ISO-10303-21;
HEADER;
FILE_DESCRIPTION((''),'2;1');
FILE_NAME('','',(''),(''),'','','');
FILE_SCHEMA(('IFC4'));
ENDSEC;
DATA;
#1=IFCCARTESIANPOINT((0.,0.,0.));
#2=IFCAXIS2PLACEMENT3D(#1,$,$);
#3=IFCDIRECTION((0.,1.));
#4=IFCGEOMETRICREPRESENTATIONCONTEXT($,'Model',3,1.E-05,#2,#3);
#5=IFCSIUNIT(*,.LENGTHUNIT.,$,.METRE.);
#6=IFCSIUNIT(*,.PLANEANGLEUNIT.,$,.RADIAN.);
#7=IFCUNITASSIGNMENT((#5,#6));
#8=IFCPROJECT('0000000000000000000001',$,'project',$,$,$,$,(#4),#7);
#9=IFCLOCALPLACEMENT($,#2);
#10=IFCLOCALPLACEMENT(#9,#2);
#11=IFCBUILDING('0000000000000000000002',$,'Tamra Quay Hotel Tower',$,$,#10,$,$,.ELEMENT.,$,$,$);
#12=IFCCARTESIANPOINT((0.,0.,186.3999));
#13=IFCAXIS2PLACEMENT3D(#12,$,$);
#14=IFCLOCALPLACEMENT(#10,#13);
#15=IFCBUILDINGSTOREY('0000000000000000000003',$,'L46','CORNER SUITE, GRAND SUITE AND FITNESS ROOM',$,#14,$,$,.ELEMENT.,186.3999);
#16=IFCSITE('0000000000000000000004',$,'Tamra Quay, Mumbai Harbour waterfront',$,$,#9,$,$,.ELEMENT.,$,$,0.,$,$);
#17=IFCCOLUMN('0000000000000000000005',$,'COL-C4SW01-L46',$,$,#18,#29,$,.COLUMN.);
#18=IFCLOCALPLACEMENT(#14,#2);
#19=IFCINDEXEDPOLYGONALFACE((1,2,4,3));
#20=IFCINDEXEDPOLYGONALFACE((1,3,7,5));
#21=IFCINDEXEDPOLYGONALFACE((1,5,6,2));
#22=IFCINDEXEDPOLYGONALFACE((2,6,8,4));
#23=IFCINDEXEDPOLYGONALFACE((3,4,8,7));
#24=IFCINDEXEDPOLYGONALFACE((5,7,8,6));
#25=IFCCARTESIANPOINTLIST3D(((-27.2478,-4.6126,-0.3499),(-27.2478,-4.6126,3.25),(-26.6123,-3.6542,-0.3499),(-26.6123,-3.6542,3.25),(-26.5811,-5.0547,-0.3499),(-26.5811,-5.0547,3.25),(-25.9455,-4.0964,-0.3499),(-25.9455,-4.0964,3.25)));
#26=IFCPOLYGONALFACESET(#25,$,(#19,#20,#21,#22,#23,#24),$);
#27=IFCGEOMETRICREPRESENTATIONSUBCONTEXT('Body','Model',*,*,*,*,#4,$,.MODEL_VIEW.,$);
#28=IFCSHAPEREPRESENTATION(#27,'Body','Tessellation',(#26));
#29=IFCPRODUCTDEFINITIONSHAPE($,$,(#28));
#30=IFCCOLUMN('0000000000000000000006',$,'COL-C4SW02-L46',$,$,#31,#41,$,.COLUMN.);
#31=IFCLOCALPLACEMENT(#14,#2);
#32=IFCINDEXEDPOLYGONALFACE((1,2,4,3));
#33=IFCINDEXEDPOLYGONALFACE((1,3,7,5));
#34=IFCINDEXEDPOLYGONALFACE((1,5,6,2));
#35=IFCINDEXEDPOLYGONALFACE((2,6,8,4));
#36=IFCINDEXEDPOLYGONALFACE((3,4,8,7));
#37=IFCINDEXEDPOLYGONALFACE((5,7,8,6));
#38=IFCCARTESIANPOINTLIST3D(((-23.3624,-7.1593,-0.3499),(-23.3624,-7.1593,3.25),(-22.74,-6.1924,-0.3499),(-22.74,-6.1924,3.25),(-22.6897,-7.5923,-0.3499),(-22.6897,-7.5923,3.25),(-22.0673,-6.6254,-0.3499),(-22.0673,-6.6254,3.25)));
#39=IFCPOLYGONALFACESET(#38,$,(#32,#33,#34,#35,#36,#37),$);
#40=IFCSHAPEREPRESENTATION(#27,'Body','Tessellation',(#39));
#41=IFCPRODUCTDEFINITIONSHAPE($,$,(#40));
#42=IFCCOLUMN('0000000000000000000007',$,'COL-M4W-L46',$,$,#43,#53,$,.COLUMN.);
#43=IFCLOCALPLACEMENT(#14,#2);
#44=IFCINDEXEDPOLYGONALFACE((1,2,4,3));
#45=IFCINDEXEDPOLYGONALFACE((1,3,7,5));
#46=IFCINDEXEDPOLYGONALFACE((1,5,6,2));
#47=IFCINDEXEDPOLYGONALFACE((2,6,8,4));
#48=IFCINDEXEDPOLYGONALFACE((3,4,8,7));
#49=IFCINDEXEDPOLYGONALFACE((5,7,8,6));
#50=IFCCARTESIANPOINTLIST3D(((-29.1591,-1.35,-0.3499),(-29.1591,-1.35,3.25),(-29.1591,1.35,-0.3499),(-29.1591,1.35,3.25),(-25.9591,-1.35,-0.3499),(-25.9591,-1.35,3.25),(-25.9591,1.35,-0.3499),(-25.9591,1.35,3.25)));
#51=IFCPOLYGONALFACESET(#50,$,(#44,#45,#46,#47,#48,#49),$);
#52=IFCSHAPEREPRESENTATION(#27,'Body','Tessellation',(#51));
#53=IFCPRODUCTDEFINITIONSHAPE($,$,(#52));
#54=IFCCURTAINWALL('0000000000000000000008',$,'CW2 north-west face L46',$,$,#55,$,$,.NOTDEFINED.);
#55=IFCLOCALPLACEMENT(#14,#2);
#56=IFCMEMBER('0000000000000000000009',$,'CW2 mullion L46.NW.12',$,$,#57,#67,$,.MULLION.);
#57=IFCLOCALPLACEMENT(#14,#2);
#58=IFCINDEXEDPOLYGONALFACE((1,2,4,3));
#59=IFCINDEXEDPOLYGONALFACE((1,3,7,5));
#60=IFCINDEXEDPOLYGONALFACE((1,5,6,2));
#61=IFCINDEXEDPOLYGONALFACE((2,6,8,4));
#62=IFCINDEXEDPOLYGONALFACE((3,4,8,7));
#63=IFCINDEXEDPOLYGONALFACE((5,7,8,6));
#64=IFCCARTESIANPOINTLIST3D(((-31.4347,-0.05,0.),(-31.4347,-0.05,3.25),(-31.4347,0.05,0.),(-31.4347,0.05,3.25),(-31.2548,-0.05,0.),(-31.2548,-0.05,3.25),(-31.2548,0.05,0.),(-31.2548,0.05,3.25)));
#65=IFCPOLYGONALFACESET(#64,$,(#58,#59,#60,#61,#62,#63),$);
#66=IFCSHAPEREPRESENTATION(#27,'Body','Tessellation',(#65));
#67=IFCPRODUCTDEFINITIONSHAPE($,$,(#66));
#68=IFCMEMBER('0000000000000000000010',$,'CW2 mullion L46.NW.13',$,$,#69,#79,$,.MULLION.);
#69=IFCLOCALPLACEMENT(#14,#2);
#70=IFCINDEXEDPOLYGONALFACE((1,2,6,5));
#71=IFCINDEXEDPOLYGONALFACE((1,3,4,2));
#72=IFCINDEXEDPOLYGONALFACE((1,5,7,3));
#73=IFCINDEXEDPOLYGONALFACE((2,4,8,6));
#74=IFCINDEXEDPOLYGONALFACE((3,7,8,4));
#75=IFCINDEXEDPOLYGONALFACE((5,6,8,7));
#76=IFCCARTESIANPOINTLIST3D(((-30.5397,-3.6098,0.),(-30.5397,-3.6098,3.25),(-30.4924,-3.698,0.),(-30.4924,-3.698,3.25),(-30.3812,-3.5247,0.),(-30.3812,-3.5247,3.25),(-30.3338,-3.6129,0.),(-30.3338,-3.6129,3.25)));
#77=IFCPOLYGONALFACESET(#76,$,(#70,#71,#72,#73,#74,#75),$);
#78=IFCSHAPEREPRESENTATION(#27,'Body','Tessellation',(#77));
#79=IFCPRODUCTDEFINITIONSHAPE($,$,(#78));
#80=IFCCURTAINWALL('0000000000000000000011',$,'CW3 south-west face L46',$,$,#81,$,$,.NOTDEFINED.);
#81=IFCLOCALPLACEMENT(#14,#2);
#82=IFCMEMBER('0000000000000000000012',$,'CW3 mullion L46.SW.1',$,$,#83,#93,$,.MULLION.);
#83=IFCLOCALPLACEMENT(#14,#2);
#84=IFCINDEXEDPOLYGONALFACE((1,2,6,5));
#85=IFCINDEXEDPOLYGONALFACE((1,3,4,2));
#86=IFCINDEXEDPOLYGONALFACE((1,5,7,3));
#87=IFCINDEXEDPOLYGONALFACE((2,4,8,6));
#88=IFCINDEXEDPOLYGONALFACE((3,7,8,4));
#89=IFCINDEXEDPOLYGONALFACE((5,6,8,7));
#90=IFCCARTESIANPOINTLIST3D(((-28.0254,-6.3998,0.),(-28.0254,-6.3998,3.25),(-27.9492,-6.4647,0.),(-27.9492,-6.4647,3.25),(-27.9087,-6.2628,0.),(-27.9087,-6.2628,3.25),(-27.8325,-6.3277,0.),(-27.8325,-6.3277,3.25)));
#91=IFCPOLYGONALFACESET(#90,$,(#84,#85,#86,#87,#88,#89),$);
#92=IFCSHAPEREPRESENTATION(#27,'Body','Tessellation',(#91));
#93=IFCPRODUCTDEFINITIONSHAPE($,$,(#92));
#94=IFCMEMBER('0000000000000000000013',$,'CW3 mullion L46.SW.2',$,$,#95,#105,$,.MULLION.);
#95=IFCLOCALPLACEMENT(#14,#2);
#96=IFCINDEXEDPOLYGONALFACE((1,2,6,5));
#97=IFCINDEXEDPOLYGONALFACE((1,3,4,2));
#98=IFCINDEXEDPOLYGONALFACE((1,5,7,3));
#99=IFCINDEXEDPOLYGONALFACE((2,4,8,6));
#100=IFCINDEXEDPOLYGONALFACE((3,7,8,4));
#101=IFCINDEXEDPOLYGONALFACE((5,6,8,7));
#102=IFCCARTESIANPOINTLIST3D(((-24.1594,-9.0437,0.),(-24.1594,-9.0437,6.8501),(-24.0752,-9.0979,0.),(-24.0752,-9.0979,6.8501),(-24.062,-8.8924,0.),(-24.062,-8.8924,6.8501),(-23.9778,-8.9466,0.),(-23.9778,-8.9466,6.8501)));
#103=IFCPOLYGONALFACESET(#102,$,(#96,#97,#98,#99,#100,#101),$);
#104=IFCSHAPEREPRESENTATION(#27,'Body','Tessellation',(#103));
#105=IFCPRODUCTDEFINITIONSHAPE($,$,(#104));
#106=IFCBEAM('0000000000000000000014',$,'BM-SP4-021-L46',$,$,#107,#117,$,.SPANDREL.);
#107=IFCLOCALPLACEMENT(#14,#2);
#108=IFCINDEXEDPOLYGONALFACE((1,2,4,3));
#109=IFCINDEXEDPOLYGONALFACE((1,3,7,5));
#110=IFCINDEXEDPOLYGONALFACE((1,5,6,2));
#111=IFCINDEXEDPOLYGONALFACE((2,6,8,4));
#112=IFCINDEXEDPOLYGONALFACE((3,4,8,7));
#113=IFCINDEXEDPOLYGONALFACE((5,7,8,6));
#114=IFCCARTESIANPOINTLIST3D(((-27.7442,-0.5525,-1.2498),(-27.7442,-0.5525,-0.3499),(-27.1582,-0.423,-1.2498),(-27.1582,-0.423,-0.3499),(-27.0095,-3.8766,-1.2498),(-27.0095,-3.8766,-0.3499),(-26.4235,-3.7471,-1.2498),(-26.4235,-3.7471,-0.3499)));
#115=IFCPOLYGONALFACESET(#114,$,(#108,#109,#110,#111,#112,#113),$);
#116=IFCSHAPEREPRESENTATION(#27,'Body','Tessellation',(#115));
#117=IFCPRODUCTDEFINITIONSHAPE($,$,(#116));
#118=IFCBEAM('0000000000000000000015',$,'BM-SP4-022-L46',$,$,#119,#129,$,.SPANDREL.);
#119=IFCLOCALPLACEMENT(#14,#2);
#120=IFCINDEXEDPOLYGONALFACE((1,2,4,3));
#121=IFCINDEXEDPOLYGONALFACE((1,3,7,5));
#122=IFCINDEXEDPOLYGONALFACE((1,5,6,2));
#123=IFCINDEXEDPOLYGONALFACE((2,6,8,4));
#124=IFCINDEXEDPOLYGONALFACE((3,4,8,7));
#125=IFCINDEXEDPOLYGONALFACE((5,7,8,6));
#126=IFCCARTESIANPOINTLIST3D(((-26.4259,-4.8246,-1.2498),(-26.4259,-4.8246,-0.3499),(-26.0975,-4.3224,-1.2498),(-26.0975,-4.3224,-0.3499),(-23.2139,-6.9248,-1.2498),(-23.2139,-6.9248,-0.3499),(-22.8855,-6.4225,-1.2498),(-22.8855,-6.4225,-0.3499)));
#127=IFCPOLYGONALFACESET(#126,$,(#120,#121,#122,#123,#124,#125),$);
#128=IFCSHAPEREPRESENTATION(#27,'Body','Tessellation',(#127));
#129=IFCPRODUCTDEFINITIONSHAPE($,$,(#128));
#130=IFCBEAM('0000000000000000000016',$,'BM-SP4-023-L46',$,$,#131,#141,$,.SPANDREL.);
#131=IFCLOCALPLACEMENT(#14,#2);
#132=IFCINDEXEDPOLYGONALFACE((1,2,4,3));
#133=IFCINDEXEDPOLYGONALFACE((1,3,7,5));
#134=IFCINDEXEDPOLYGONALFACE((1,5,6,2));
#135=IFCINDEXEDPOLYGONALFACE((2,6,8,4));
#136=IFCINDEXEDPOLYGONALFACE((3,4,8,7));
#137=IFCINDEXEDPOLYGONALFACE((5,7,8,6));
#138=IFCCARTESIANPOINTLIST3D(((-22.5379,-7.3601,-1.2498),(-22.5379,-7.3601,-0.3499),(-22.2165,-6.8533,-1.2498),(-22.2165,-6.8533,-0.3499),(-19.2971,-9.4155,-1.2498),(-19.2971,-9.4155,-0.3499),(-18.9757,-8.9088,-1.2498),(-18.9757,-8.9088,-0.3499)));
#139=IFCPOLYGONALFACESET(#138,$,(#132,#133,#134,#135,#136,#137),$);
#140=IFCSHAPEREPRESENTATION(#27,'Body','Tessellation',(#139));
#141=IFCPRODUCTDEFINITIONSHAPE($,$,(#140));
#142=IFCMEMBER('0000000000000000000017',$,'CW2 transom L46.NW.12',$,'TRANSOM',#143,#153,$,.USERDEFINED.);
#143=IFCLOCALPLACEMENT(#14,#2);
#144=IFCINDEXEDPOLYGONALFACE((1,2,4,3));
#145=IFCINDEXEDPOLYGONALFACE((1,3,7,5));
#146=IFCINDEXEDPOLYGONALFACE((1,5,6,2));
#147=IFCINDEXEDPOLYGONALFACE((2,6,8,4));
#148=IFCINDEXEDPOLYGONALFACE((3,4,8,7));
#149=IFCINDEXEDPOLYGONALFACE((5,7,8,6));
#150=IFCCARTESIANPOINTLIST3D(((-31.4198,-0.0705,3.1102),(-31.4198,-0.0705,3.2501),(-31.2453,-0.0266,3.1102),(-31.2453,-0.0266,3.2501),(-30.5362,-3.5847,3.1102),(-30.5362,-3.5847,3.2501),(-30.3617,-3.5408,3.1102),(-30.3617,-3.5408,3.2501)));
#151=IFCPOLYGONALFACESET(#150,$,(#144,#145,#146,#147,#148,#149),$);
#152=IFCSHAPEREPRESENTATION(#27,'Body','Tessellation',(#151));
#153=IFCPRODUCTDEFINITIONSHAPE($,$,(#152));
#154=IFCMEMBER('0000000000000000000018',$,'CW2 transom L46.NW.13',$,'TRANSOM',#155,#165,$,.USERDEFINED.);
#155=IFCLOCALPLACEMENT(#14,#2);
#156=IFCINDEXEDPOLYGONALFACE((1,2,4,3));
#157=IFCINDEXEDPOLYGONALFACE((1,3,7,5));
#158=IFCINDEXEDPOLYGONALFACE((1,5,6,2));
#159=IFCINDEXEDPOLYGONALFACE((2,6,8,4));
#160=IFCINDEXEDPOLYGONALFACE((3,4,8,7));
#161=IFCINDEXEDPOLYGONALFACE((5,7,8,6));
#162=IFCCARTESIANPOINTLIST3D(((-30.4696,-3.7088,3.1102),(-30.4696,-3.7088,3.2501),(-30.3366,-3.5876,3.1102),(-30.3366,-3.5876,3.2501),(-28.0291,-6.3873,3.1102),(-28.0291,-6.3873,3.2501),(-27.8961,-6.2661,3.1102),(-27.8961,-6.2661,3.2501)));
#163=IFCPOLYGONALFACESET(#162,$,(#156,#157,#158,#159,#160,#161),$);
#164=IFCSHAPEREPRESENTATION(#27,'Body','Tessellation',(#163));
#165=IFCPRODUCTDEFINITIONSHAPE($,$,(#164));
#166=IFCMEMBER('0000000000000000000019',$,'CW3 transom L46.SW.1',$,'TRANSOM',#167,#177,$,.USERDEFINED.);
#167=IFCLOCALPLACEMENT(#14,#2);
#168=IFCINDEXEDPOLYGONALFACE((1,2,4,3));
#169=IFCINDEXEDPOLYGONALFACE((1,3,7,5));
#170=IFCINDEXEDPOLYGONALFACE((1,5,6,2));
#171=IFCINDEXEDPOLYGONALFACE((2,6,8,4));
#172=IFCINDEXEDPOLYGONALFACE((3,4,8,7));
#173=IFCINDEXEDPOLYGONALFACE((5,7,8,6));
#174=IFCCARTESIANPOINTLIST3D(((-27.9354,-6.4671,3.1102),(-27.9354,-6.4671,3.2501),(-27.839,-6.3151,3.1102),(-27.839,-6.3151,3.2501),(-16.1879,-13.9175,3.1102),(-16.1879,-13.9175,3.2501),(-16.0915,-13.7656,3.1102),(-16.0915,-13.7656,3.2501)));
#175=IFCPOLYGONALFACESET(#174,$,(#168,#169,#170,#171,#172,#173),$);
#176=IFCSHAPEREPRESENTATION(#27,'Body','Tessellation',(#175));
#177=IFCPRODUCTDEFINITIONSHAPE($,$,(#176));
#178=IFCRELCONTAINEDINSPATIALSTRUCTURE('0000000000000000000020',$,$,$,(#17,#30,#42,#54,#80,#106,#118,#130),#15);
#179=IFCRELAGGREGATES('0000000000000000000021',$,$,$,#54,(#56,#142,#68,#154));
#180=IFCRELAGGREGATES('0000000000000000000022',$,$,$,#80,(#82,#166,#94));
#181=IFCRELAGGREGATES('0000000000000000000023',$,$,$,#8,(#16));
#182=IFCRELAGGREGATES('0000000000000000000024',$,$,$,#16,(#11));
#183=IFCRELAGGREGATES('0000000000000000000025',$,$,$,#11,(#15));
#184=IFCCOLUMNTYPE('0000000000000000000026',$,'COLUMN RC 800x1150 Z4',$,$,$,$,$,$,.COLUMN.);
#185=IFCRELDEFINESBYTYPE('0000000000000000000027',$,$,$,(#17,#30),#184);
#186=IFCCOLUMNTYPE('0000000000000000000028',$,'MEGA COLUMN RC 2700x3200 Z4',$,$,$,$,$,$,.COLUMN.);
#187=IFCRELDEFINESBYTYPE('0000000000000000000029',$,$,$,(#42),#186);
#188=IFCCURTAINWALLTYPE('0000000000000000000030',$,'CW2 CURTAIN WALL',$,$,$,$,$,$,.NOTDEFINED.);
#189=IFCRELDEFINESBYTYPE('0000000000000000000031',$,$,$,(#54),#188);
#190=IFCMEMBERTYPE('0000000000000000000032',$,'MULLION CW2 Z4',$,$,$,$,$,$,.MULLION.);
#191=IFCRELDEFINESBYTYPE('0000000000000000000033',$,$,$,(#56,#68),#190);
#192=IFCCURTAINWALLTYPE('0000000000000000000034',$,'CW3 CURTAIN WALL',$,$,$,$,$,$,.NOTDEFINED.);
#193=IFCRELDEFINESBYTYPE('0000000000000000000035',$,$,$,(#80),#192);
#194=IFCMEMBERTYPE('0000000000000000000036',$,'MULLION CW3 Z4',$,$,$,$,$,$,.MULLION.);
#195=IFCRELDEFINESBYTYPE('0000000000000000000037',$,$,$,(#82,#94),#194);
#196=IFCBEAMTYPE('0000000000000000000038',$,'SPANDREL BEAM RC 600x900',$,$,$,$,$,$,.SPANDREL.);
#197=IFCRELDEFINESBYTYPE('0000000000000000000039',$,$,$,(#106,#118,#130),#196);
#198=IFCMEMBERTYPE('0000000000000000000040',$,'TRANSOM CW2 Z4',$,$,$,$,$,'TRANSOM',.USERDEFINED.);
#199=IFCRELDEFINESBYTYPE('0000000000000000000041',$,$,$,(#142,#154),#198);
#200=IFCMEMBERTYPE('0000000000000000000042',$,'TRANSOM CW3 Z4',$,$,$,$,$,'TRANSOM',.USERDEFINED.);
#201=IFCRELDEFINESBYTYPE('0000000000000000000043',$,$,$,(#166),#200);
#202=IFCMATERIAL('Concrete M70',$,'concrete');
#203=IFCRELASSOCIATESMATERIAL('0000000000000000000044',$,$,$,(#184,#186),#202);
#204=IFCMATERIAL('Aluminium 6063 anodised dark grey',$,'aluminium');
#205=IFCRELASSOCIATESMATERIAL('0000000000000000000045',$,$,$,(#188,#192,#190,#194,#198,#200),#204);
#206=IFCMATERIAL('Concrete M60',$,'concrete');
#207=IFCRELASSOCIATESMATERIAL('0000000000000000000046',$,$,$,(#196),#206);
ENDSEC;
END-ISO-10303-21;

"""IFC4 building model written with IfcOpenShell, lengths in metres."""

from ifc_helpers import new_model, si_unit, direction, frame, origin, origin_2d, place, context, subcontext, project, spatial, rectangle, extrude, material, material_profile, profile_set, type_object, element, aggregate, save


model = new_model("IFC4")

# Units and contexts
model_context = context("Model", 3, precision=1e-05, world=origin(), true_north=direction((0.0, 1.0)))
body_context = subcontext(model_context, "Body", "Model", "MODEL_VIEW")
ifc_project = project(units=[si_unit("LENGTHUNIT", "METRE"), si_unit("PLANEANGLEUNIT", "RADIAN")], contexts=[model_context])

# Site, building, storey
site_placement = place(None, origin())
site = spatial("IfcSite", under=ifc_project, at=site_placement, Name="Tamra Quay, Mumbai Harbour waterfront", CompositionType="ELEMENT", RefElevation=0.0)
building_placement = place(site_placement, origin())
building = spatial("IfcBuilding", under=site, at=building_placement, Name="Tamra Quay Hotel Tower", CompositionType="ELEMENT")
storey_placement = place(building_placement, frame((0.0, 0.0, 186.3999)))
storey = spatial("IfcBuildingStorey", under=building, at=storey_placement, Name="L46", Description="CORNER SUITE, GRAND SUITE AND FITNESS ROOM", CompositionType="ELEMENT", Elevation=186.3999)

# Columns
ifc_material_1 = material(Name="Concrete M70", Category="concrete")
ifc_material_profile_1 = material_profile(ifc_material_1, rectangle(XDim=1.1499, YDim=0.8, at=origin_2d()), Name="COLUMN RC 800x1150 Z4")
ifc_profile_set_1 = profile_set([ifc_material_profile_1], Name="Concrete M70")
column_type_1 = type_object("IfcColumnType", Name="COLUMN RC 800x1150 Z4", PredefinedType="COLUMN", material=ifc_profile_set_1)
for number, where, z_axis, x_axis, name in (
    (1, (-26.5967, -4.3545, -0.3499), (0.0, 0.0, 1.0), (0.552666, 0.833403, 0.0), "COL-C4SW01-L46"),
    (2, (-22.7148, -6.8923, -0.3499), (0.0, 0.0, 1.0), (0.541283, 0.840841, 0.0), "COL-C4SW02-L46"),
):
    element("IfcColumn", number, at=place(storey_placement, frame(where, z_axis=z_axis, x_axis=x_axis)), inside=storey, type_object=column_type_1, Name=name, PredefinedType="COLUMN", context=body_context, shape_type="SweptSolid", body=[
        extrude(rectangle(XDim=1.1499, YDim=0.8, at=origin_2d()), origin(), (0.0, 0.0, 1.0), 3.5999),
    ])
ifc_material_profile_2 = material_profile(ifc_material_1, rectangle(XDim=3.2, YDim=2.7, at=origin_2d()), Name="MEGA COLUMN RC 2700x3200 Z4")
ifc_profile_set_2 = profile_set([ifc_material_profile_2], Name="Concrete M70")
column_type_2 = type_object("IfcColumnType", Name="MEGA COLUMN RC 2700x3200 Z4", PredefinedType="COLUMN", material=ifc_profile_set_2)
column_placement = place(storey_placement, frame((-27.5591, 0.0, -0.3499), z_axis=(0.0, 0.0, 1.0), x_axis=(1.0, 0.0, 0.0)))
element("IfcColumn", 3, at=column_placement, inside=storey, type_object=column_type_2, Name="COL-M4W-L46", PredefinedType="COLUMN", context=body_context, shape_type="SweptSolid", body=[
    extrude(rectangle(XDim=3.2, YDim=2.7, at=origin_2d()), origin(), (0.0, 0.0, 1.0), 3.5999),
])

# Curtain walls, members
ifc_material_2 = material(Name="Aluminium 6063 anodised dark grey", Category="aluminium")
curtain_wall_type_1 = type_object("IfcCurtainWallType", Name="CW2 CURTAIN WALL", PredefinedType="NOTDEFINED", material=ifc_material_2)
curtain_wall_1_placement = place(storey_placement, origin())
curtain_wall_1 = element("IfcCurtainWall", 4, at=curtain_wall_1_placement, inside=storey, type_object=curtain_wall_type_1, Name="CW2 north-west face L46", PredefinedType="NOTDEFINED")
ifc_material_profile_3 = material_profile(ifc_material_2, rectangle(XDim=0.1799, YDim=0.1001, at=origin_2d()), Name="MULLION 100X180")
ifc_profile_set_3 = profile_set([ifc_material_profile_3], Name="Aluminium 6063 anodised dark grey")
member_type_1 = type_object("IfcMemberType", Name="MULLION CW2 Z4", PredefinedType="MULLION", material=ifc_profile_set_3)
member_1_placement = place(storey_placement, frame((-31.3447, 0.0, 0.0), z_axis=(0.0, 0.0, 1.0), x_axis=(-1.0, 0.0, 0.0)))
member_1 = element("IfcMember", 5, at=member_1_placement, type_object=member_type_1, Name="CW2 mullion L46.NW.12", PredefinedType="MULLION", context=body_context, shape_type="SweptSolid", body=[
    extrude(rectangle(XDim=0.1799, YDim=0.1001, at=origin_2d()), origin(), (0.0, 0.0, 1.0), 3.25),
])
member_2_placement = place(storey_placement, frame((-30.4368, -3.6113, 0.0), z_axis=(0.0, 0.0, 1.0), x_axis=(-0.881098, -0.472935, 0.0)))
member_2 = element("IfcMember", 6, at=member_2_placement, type_object=member_type_1, Name="CW2 mullion L46.NW.13", PredefinedType="MULLION", context=body_context, shape_type="SweptSolid", body=[
    extrude(rectangle(XDim=0.1799, YDim=0.1001, at=origin_2d()), origin(), (0.0, 0.0, 1.0), 3.25),
])
curtain_wall_type_2 = type_object("IfcCurtainWallType", Name="CW3 CURTAIN WALL", PredefinedType="NOTDEFINED", material=ifc_material_2)
curtain_wall_2_placement = place(storey_placement, origin())
curtain_wall_2 = element("IfcCurtainWall", 7, at=curtain_wall_2_placement, inside=storey, type_object=curtain_wall_type_2, Name="CW3 south-west face L46", PredefinedType="NOTDEFINED")
ifc_material_profile_4 = material_profile(ifc_material_2, rectangle(XDim=0.1799, YDim=0.1001, at=origin_2d()), Name="MULLION 100X180")
ifc_profile_set_4 = profile_set([ifc_material_profile_4], Name="Aluminium 6063 anodised dark grey")
member_type_2 = type_object("IfcMemberType", Name="MULLION CW3 Z4", PredefinedType="MULLION", material=ifc_profile_set_4)
member_3_placement = place(storey_placement, frame((-27.929, -6.3638, 0.0), z_axis=(0.0, 0.0, 1.0), x_axis=(-0.648381, -0.761316, 0.0)))
member_3 = element("IfcMember", 8, at=member_3_placement, type_object=member_type_2, Name="CW3 mullion L46.SW.1", PredefinedType="MULLION", context=body_context, shape_type="SweptSolid", body=[
    extrude(rectangle(XDim=0.1799, YDim=0.1001, at=origin_2d()), origin(), (0.0, 0.0, 1.0), 3.25),
])
member_4_placement = place(storey_placement, frame((-24.0686, -8.9951, 0.0), z_axis=(0.0, 0.0, 1.0), x_axis=(-0.541421, -0.840751, 0.0)))
member_4 = element("IfcMember", 9, at=member_4_placement, type_object=member_type_2, Name="CW3 mullion L46.SW.2", PredefinedType="MULLION", context=body_context, shape_type="SweptSolid", body=[
    extrude(rectangle(XDim=0.1799, YDim=0.1001, at=origin_2d()), origin(), (0.0, 0.0, 1.0), 6.8501),
])

# Beams
ifc_material_3 = material(Name="Concrete M60", Category="concrete")
ifc_material_profile_5 = material_profile(ifc_material_3, rectangle(XDim=0.6001, YDim=0.8999, at=origin_2d()), Name="SPANDREL BEAM RC 600x900")
ifc_profile_set_5 = profile_set([ifc_material_profile_5], Name="Concrete M60")
beam_type = type_object("IfcBeamType", Name="SPANDREL BEAM RC 600x900", PredefinedType="SPANDREL", material=ifc_profile_set_5)
beam_placement = place(storey_placement, frame((-27.4512, -0.4878, -0.7998), z_axis=(0.215799, -0.976438, 0.0), x_axis=(0.976438, 0.215799, 0.0)))
element("IfcBeam", 10, at=beam_placement, inside=storey, type_object=beam_type, Name="BM-SP4-021-L46", PredefinedType="SPANDREL", context=body_context, shape_type="SweptSolid", body=[
    extrude(rectangle(XDim=0.6001, YDim=0.8999, at=origin_2d()), origin(), (0.0, 0.0, 1.0), 3.4043),
])
for number, where, z_axis, x_axis, name in (
    (11, (-26.2617, -4.5735, -0.7998), (0.83697, -0.547249, 0.0), (0.547249, 0.83697, 0.0), "BM-SP4-022-L46"),
    (12, (-22.3772, -7.1067, -0.7998), (0.84447, -0.535603, 0.0), (0.535603, 0.84447, 0.0), "BM-SP4-023-L46"),
):
    element("IfcBeam", number, at=place(storey_placement, frame(where, z_axis=z_axis, x_axis=x_axis)), inside=storey, type_object=beam_type, Name=name, PredefinedType="SPANDREL", context=body_context, shape_type="SweptSolid", body=[
        extrude(rectangle(XDim=0.6001, YDim=0.8999, at=origin_2d()), origin(), (0.0, 0.0, 1.0), 3.8376),
    ])

# Members
ifc_material_profile_6 = material_profile(ifc_material_2, rectangle(XDim=0.1799, YDim=0.1399, at=origin_2d()), Name="TRANSOM 180X140")
ifc_profile_set_6 = profile_set([ifc_material_profile_6], Name="Aluminium 6063 anodised dark grey")
member_type_3 = type_object("IfcMemberType", Name="TRANSOM CW2 Z4", ElementType="TRANSOM", PredefinedType="USERDEFINED", material=ifc_profile_set_6)
member_5_placement = place(storey_placement, frame((-31.3325, -0.0486, 3.1802), z_axis=(0.243835, -0.969817, 0.0), x_axis=(0.969817, 0.243835, 0.0)))
member_5 = element("IfcMember", 13, at=member_5_placement, type_object=member_type_3, Name="CW2 transom L46.NW.12", ObjectType="TRANSOM", PredefinedType="USERDEFINED", context=body_context, shape_type="SweptSolid", body=[
    extrude(rectangle(XDim=0.1799, YDim=0.1399, at=origin_2d()), origin(), (0.0, 0.0, 1.0), 3.6235),
])
member_6_placement = place(storey_placement, frame((-30.4031, -3.6482, 3.1802), z_axis=(0.673497, -0.73919, 0.0), x_axis=(0.73919, 0.673497, 0.0)))
member_6 = element("IfcMember", 14, at=member_6_placement, type_object=member_type_3, Name="CW2 transom L46.NW.13", ObjectType="TRANSOM", PredefinedType="USERDEFINED", context=body_context, shape_type="SweptSolid", body=[
    extrude(rectangle(XDim=0.1799, YDim=0.1399, at=origin_2d()), origin(), (0.0, 0.0, 1.0), 3.6235),
])
ifc_material_profile_7 = material_profile(ifc_material_2, rectangle(XDim=0.1799, YDim=0.1399, at=origin_2d()), Name="TRANSOM 180X140")
ifc_profile_set_7 = profile_set([ifc_material_profile_7], Name="Aluminium 6063 anodised dark grey")
member_type_4 = type_object("IfcMemberType", Name="TRANSOM CW3 Z4", ElementType="TRANSOM", PredefinedType="USERDEFINED", material=ifc_profile_set_7)
member_7_placement = place(storey_placement, frame((-27.8872, -6.3911, 3.1802), z_axis=(0.844484, -0.535581, 0.0), x_axis=(0.535581, 0.844484, 0.0)))
member_7 = element("IfcMember", 15, at=member_7_placement, type_object=member_type_4, Name="CW3 transom L46.SW.1", ObjectType="TRANSOM", PredefinedType="USERDEFINED", context=body_context, shape_type="SweptSolid", body=[
    extrude(rectangle(XDim=0.1799, YDim=0.1399, at=origin_2d()), origin(), (0.0, 0.0, 1.0), 13.9109),
])

aggregate(curtain_wall_1, [member_1, member_5, member_2, member_6])
aggregate(curtain_wall_2, [member_3, member_7, member_4])

save(model, "model.ifc")
